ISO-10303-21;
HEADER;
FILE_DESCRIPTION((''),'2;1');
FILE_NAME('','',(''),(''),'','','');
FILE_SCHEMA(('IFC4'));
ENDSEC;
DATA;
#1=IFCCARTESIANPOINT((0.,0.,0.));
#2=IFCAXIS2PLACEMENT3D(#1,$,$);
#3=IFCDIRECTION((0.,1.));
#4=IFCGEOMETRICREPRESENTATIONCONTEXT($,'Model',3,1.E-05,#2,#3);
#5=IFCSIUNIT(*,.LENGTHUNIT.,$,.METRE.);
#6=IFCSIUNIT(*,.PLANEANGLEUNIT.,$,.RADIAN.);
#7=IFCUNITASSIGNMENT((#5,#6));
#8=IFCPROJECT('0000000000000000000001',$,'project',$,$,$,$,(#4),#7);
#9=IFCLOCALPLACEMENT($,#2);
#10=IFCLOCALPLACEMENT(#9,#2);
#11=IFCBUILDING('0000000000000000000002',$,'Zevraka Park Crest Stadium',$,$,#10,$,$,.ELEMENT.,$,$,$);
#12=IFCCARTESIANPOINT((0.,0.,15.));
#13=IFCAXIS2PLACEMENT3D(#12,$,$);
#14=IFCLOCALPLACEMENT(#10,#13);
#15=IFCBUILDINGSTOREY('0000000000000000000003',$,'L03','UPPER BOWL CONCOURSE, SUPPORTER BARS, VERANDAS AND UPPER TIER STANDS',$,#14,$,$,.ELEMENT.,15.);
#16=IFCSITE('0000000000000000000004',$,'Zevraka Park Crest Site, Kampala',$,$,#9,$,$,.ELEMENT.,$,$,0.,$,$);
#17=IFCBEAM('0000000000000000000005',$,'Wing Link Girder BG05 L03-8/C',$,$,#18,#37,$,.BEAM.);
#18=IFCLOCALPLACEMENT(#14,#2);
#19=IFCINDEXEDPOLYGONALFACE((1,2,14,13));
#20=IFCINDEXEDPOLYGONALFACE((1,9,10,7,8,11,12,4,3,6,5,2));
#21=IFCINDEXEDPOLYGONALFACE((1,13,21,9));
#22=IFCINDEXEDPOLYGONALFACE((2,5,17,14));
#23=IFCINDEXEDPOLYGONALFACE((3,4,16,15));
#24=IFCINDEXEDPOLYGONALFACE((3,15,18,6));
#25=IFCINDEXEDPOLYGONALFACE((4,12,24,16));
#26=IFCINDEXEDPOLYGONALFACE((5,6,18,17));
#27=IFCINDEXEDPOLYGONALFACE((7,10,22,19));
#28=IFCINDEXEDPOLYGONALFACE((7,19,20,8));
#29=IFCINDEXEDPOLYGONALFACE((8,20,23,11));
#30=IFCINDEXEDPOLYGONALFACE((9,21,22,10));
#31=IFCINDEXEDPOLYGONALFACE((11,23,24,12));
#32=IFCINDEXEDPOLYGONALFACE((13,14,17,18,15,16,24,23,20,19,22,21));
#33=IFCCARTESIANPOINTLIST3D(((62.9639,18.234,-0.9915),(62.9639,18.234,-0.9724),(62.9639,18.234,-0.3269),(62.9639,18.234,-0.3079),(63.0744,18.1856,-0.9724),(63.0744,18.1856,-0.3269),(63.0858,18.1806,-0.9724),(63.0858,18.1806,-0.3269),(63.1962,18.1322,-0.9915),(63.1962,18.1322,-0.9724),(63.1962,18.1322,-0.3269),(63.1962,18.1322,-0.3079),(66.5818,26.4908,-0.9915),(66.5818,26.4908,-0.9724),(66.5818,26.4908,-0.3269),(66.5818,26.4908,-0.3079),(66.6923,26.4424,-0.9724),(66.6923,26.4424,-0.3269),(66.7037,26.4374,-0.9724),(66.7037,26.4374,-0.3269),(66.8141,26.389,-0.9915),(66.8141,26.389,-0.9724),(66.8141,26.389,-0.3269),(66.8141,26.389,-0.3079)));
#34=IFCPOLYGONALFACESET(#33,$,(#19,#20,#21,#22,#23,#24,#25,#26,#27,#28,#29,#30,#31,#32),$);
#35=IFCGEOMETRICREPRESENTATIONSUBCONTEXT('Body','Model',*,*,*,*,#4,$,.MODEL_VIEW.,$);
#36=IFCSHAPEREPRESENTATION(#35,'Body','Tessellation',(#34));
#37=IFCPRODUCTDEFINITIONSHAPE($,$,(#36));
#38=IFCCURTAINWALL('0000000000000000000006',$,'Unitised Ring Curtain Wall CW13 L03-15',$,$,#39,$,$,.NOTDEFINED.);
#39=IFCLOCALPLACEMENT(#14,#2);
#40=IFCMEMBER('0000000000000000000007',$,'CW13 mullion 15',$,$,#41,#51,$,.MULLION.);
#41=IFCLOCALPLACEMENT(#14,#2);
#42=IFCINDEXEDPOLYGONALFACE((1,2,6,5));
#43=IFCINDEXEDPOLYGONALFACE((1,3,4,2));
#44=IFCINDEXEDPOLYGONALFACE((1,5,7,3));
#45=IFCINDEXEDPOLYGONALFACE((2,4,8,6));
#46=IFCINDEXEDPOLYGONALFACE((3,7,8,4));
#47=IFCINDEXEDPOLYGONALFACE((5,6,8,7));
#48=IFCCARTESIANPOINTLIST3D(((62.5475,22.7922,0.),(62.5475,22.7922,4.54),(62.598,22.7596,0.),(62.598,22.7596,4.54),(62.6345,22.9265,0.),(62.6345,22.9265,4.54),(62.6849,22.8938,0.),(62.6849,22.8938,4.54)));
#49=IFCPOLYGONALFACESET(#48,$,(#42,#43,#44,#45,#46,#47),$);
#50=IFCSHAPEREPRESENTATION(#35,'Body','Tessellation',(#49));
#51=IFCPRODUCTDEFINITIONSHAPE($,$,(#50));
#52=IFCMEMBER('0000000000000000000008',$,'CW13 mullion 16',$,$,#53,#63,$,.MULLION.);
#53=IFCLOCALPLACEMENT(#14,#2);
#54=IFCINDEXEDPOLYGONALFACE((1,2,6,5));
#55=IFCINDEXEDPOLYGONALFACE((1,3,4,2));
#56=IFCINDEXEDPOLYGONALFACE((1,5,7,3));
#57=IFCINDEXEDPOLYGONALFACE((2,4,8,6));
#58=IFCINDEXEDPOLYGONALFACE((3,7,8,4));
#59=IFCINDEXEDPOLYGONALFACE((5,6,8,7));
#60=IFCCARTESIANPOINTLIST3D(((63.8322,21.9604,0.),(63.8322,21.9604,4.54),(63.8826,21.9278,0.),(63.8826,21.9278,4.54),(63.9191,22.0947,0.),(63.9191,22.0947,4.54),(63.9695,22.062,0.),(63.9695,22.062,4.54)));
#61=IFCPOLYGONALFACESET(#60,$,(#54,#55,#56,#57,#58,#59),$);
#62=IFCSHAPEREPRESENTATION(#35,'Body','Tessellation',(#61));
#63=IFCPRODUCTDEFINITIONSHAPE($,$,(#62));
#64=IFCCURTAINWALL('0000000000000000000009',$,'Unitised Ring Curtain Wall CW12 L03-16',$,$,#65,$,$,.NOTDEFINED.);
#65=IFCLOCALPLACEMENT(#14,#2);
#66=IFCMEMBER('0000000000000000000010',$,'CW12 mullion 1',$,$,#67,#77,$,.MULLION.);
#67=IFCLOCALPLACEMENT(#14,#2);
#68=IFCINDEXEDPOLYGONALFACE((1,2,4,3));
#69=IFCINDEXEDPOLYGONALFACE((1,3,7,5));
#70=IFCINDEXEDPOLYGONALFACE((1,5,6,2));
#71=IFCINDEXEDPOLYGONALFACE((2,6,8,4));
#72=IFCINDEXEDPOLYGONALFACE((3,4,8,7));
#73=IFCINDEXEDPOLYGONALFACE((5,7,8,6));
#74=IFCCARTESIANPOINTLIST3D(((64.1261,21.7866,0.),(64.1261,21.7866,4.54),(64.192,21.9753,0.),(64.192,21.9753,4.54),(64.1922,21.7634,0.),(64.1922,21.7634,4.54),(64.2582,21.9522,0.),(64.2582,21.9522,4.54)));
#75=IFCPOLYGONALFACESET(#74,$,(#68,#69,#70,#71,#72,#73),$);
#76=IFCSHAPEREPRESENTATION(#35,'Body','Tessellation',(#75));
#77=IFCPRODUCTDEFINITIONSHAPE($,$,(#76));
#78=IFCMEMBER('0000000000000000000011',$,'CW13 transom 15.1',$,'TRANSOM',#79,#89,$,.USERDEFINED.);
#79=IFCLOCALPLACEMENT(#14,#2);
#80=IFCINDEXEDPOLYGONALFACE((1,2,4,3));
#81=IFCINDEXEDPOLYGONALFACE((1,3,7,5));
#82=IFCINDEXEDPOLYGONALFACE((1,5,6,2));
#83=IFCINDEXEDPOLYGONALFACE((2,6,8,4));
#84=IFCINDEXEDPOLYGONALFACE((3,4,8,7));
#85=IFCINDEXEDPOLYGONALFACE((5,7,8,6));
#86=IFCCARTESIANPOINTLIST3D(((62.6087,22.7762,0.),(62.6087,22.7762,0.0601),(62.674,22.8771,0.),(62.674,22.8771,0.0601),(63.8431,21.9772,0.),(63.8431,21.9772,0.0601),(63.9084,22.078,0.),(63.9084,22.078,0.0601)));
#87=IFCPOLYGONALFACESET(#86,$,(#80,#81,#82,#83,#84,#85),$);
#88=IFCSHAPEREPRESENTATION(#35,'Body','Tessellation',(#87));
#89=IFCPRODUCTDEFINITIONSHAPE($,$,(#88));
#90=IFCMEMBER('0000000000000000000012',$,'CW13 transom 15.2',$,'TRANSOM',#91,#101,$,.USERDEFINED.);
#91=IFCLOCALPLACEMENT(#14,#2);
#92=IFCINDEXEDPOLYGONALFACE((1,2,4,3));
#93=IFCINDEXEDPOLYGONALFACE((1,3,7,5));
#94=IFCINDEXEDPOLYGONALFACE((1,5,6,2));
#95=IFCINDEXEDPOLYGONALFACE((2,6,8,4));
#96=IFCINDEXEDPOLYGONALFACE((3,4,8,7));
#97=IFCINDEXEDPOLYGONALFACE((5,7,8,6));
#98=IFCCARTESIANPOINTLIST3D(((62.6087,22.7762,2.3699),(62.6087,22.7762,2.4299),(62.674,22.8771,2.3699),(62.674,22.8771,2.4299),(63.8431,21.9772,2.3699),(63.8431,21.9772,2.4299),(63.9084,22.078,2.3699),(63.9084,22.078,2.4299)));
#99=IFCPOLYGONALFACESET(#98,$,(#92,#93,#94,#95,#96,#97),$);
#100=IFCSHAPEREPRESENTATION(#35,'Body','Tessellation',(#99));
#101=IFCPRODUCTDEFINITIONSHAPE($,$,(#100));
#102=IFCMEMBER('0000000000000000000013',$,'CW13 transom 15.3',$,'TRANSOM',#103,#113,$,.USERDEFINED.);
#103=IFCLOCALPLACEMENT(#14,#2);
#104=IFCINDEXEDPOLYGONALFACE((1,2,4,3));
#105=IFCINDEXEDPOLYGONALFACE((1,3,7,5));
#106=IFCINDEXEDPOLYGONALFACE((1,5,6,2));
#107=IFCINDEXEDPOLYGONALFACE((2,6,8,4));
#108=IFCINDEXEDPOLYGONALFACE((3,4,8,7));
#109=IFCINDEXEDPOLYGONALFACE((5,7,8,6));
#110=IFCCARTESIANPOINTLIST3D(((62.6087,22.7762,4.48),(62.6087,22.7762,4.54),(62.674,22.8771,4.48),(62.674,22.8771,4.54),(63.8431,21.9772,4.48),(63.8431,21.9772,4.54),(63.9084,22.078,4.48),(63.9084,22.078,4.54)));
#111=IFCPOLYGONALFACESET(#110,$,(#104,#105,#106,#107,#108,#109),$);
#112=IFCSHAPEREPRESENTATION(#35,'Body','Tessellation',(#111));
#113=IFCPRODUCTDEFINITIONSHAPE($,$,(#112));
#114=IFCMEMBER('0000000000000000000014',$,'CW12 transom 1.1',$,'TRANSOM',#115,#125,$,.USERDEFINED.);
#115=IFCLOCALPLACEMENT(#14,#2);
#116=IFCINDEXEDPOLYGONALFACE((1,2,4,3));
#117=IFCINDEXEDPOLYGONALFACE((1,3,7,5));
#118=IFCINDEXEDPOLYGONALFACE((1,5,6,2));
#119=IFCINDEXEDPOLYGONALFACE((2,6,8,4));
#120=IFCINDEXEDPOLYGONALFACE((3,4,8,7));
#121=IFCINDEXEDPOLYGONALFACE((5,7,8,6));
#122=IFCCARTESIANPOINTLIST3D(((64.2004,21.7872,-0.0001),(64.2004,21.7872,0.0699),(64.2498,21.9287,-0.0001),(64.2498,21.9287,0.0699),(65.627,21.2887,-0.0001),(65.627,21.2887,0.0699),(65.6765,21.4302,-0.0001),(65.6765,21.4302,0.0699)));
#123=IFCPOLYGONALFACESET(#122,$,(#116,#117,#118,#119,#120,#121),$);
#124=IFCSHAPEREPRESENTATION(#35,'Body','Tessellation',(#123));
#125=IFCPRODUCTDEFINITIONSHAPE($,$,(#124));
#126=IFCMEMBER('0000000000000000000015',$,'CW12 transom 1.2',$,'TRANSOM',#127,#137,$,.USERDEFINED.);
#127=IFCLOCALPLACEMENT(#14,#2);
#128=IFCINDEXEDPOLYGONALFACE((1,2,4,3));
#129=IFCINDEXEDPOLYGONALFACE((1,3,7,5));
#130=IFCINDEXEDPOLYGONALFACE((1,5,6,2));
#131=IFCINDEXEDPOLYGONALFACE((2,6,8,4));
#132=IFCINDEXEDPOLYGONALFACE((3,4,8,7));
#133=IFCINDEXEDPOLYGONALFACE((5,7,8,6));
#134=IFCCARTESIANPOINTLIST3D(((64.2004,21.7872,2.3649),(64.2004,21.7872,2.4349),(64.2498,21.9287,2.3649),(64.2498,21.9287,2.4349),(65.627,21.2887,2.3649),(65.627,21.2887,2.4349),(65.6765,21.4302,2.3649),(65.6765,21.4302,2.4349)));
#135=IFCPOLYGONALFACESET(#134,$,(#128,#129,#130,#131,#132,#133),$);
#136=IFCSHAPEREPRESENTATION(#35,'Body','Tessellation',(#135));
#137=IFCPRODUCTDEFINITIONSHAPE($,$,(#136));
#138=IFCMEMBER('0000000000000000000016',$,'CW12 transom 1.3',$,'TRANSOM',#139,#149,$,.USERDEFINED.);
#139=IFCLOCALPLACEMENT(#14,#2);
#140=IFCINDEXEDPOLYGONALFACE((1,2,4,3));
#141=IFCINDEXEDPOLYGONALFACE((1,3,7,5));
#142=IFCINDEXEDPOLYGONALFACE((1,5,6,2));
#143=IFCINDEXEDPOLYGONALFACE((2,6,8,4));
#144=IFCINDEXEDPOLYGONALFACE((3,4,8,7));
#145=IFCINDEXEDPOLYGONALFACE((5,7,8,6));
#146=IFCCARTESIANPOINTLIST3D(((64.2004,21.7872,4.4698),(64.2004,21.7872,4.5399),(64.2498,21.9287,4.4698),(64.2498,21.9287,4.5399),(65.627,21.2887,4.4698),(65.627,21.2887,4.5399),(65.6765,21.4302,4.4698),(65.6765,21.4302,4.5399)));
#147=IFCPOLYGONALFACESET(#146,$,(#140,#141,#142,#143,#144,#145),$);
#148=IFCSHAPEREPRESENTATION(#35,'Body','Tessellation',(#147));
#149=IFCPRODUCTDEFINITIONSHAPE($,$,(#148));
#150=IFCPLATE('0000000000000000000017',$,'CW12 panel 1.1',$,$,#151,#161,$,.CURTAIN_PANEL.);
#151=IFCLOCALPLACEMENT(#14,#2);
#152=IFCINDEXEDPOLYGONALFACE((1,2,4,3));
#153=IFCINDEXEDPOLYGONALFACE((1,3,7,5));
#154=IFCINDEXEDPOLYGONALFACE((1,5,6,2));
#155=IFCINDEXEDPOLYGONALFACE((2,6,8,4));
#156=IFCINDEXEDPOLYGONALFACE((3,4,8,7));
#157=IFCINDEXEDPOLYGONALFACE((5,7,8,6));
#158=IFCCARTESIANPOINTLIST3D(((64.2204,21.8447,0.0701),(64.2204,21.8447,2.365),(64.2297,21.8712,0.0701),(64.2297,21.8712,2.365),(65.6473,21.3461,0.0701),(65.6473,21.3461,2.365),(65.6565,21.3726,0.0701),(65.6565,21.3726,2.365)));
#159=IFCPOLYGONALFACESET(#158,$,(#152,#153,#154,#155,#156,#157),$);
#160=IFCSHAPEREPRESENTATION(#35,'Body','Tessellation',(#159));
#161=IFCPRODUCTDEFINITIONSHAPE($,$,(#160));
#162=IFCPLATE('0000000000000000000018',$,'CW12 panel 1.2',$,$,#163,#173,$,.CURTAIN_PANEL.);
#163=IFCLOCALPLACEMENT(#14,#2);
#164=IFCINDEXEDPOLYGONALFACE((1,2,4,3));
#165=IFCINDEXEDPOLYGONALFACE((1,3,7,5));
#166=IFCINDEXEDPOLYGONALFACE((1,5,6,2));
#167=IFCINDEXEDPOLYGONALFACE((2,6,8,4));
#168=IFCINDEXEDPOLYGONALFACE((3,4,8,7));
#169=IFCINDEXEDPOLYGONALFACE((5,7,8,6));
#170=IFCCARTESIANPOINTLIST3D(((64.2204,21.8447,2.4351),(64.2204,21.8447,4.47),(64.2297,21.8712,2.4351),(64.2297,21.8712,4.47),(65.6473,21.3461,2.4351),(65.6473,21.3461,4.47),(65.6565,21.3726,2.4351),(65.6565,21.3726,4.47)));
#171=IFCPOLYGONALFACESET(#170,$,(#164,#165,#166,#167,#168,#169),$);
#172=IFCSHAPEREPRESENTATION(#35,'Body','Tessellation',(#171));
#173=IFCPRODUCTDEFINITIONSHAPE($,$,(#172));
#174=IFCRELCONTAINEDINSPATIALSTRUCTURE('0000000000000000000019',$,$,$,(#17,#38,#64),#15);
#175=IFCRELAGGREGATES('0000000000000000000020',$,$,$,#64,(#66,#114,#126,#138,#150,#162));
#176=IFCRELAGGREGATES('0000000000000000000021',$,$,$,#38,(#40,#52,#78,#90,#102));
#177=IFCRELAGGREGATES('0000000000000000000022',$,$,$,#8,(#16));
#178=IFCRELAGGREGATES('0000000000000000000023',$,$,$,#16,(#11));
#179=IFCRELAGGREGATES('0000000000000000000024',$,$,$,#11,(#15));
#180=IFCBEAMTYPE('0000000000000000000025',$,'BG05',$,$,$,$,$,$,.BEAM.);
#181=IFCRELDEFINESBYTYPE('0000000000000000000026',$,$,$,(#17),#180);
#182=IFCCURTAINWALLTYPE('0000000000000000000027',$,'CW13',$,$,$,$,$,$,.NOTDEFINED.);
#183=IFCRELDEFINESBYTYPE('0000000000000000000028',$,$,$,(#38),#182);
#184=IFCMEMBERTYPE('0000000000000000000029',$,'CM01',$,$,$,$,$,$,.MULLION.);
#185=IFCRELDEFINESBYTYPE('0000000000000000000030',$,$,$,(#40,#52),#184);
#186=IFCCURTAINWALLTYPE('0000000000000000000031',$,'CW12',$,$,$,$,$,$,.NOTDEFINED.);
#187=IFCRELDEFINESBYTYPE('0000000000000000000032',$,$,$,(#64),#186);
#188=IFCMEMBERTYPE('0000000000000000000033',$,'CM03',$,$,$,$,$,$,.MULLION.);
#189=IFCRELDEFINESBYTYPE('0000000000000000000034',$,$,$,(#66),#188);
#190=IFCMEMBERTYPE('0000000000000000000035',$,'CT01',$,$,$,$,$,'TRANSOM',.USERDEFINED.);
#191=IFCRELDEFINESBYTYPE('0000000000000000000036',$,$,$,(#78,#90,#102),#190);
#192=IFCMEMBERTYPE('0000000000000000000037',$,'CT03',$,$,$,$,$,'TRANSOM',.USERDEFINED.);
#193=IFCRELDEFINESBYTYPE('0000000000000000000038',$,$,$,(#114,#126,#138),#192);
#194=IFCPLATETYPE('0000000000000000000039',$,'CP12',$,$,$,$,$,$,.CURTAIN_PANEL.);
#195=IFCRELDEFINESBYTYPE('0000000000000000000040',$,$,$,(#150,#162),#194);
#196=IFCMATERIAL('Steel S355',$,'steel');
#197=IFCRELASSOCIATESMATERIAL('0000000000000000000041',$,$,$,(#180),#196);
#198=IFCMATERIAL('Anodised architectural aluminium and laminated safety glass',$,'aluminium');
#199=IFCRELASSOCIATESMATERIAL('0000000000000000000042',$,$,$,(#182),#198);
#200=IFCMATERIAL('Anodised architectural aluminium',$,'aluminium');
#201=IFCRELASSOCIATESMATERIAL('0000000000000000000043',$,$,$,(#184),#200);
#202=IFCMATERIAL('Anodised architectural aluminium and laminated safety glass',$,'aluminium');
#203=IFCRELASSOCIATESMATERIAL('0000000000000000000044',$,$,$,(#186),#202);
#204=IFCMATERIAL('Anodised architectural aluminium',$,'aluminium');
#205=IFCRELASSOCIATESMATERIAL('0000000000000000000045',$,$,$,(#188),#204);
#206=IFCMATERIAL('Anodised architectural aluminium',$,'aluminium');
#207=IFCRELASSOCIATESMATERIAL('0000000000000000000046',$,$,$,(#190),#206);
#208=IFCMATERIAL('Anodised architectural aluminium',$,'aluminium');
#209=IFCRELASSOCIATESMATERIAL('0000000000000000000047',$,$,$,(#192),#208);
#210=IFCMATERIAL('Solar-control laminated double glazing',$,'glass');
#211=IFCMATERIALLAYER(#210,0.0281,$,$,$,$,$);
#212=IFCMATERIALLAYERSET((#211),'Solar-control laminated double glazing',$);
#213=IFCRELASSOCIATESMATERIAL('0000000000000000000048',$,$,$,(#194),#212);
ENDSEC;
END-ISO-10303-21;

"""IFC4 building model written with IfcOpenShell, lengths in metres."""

from ifc_helpers import new_model, si_unit, direction, frame, origin, origin_2d, place, context, subcontext, project, spatial, rectangle, i_section, extrude, material, layer, layer_set, material_profile, profile_set, type_object, element, aggregate, save


model = new_model("IFC4")

# Units and contexts
model_context = context("Model", 3, precision=1e-05, world=origin(), true_north=direction((0.0, 1.0)))
body_context = subcontext(model_context, "Body", "Model", "MODEL_VIEW")
ifc_project = project(units=[si_unit("LENGTHUNIT", "METRE"), si_unit("PLANEANGLEUNIT", "RADIAN")], contexts=[model_context])

# Site, building, storey
site_placement = place(None, origin())
site = spatial("IfcSite", under=ifc_project, at=site_placement, Name="Zevraka Park Crest Site, Kampala", CompositionType="ELEMENT", RefElevation=0.0)
building_placement = place(site_placement, origin())
building = spatial("IfcBuilding", under=site, at=building_placement, Name="Zevraka Park Crest Stadium", CompositionType="ELEMENT")
storey_placement = place(building_placement, frame((0.0, 0.0, 15.0)))
storey = spatial("IfcBuildingStorey", under=building, at=storey_placement, Name="L03", Description="UPPER BOWL CONCOURSE, SUPPORTER BARS, VERANDAS AND UPPER TIER STANDS", CompositionType="ELEMENT", Elevation=15.0)

# Beam
ifc_material_1 = material(Name="Steel S355", Category="steel")
ifc_material_profile_1 = material_profile(ifc_material_1, i_section(OverallWidth=0.2537, OverallDepth=0.6836, WebThickness=0.0125, FlangeThickness=0.019, at=origin_2d()), Name="UKB 686x254x140")
ifc_profile_set_1 = profile_set([ifc_material_profile_1], Name="Steel S355")
beam_type = type_object("IfcBeamType", Name="BG05", PredefinedType="BEAM", material=ifc_profile_set_1)
beam_placement = place(storey_placement, frame((63.0801, 18.1831, -0.6497), z_axis=(0.401336, 0.915931, 0.0), x_axis=(-0.915931, 0.401336, 0.0)))
element("IfcBeam", 1, at=beam_placement, inside=storey, type_object=beam_type, Name="Wing Link Girder BG05 L03-8/C", PredefinedType="BEAM", context=body_context, shape_type="SweptSolid", body=[
    extrude(i_section(OverallWidth=0.2537, OverallDepth=0.6836, WebThickness=0.0125, FlangeThickness=0.019, at=origin_2d()), origin(), (0.0, 0.0, 1.0), 9.0146),
])

# Curtain wall, members
ifc_material_2 = material(Name="Anodised architectural aluminium and laminated safety glass", Category="aluminium")
curtain_wall_type_1 = type_object("IfcCurtainWallType", Name="CW13", PredefinedType="NOTDEFINED", material=ifc_material_2)
curtain_wall_1_placement = place(storey_placement, origin())
curtain_wall_1 = element("IfcCurtainWall", 2, at=curtain_wall_1_placement, inside=storey, type_object=curtain_wall_type_1, Name="Unitised Ring Curtain Wall CW13 L03-15", PredefinedType="NOTDEFINED")
ifc_material_3 = material(Name="Anodised architectural aluminium", Category="aluminium")
ifc_material_profile_2 = material_profile(ifc_material_3, rectangle(XDim=0.1599, YDim=0.0601, at=origin_2d()), Name="ALU MULLION 160x60")
ifc_profile_set_2 = profile_set([ifc_material_profile_2], Name="Anodised architectural aluminium")
member_type_1 = type_object("IfcMemberType", Name="CM01", PredefinedType="MULLION", material=ifc_profile_set_2)
member_1_placement = place(storey_placement, frame((62.6162, 22.843, 0.0), z_axis=(0.0, 0.0, 1.0), x_axis=(0.543469, 0.839429, 0.0)))
member_1 = element("IfcMember", 3, at=member_1_placement, type_object=member_type_1, Name="CW13 mullion 15", PredefinedType="MULLION", context=body_context, shape_type="SweptSolid", body=[
    extrude(rectangle(XDim=0.1599, YDim=0.0601, at=origin_2d()), origin(), (0.0, 0.0, 1.0), 4.54),
])
member_2_placement = place(storey_placement, frame((63.9009, 22.0112, 0.0), z_axis=(0.0, 0.0, 1.0), x_axis=(0.543469, 0.839429, 0.0)))
member_2 = element("IfcMember", 4, at=member_2_placement, type_object=member_type_1, Name="CW13 mullion 16", PredefinedType="MULLION", context=body_context, shape_type="SweptSolid", body=[
    extrude(rectangle(XDim=0.1599, YDim=0.0601, at=origin_2d()), origin(), (0.0, 0.0, 1.0), 4.54),
])

# Curtain wall, member
ifc_material_4 = material(Name="Anodised architectural aluminium and laminated safety glass", Category="aluminium")
curtain_wall_type_2 = type_object("IfcCurtainWallType", Name="CW12", PredefinedType="NOTDEFINED", material=ifc_material_4)
curtain_wall_2_placement = place(storey_placement, origin())
curtain_wall_2 = element("IfcCurtainWall", 5, at=curtain_wall_2_placement, inside=storey, type_object=curtain_wall_type_2, Name="Unitised Ring Curtain Wall CW12 L03-16", PredefinedType="NOTDEFINED")
ifc_material_5 = material(Name="Anodised architectural aluminium", Category="aluminium")
ifc_material_profile_3 = material_profile(ifc_material_5, rectangle(XDim=0.2, YDim=0.0701, at=origin_2d()), Name="ALU MULLION 200x70")
ifc_profile_set_3 = profile_set([ifc_material_profile_3], Name="Anodised architectural aluminium")
member_type_2 = type_object("IfcMemberType", Name="CM03", PredefinedType="MULLION", material=ifc_profile_set_3)
member_3_placement = place(storey_placement, frame((64.1921, 21.8694, 0.0), z_axis=(0.0, 0.0, 1.0), x_axis=(0.329917, 0.94401, 0.0)))
member_3 = element("IfcMember", 6, at=member_3_placement, type_object=member_type_2, Name="CW12 mullion 1", PredefinedType="MULLION", context=body_context, shape_type="SweptSolid", body=[
    extrude(rectangle(XDim=0.2, YDim=0.0701, at=origin_2d()), origin(), (0.0, 0.0, 1.0), 4.54),
])

# Members
ifc_material_6 = material(Name="Anodised architectural aluminium", Category="aluminium")
ifc_material_profile_4 = material_profile(ifc_material_6, rectangle(XDim=0.1201, YDim=0.0601, at=origin_2d()), Name="ALU TRANSOM 120x60")
ifc_profile_set_4 = profile_set([ifc_material_profile_4], Name="Anodised architectural aluminium")
member_type_3 = type_object("IfcMemberType", Name="CT01", ElementType="TRANSOM", PredefinedType="USERDEFINED", material=ifc_profile_set_4)
member_4_placement = place(storey_placement, frame((62.6414, 22.8267, 0.03), z_axis=(0.839459, -0.543423, 0.0), x_axis=(0.543423, 0.839459, 0.0)))
member_4 = element("IfcMember", 7, at=member_4_placement, type_object=member_type_3, Name="CW13 transom 15.1", ObjectType="TRANSOM", PredefinedType="USERDEFINED", context=body_context, shape_type="SweptSolid", body=[
    extrude(rectangle(XDim=0.1201, YDim=0.0601, at=origin_2d()), origin(), (0.0, 0.0, 1.0), 1.4705),
])
member_5_placement = place(storey_placement, frame((62.6414, 22.8267, 2.3999), z_axis=(0.839459, -0.543423, 0.0), x_axis=(0.543423, 0.839459, 0.0)))
member_5 = element("IfcMember", 8, at=member_5_placement, type_object=member_type_3, Name="CW13 transom 15.2", ObjectType="TRANSOM", PredefinedType="USERDEFINED", context=body_context, shape_type="SweptSolid", body=[
    extrude(rectangle(XDim=0.1201, YDim=0.0601, at=origin_2d()), origin(), (0.0, 0.0, 1.0), 1.4705),
])
member_6_placement = place(storey_placement, frame((62.6414, 22.8267, 4.51), z_axis=(0.839459, -0.543423, 0.0), x_axis=(0.543423, 0.839459, 0.0)))
member_6 = element("IfcMember", 9, at=member_6_placement, type_object=member_type_3, Name="CW13 transom 15.3", ObjectType="TRANSOM", PredefinedType="USERDEFINED", context=body_context, shape_type="SweptSolid", body=[
    extrude(rectangle(XDim=0.1201, YDim=0.0601, at=origin_2d()), origin(), (0.0, 0.0, 1.0), 1.4705),
])
ifc_material_7 = material(Name="Anodised architectural aluminium", Category="aluminium")
ifc_material_profile_5 = material_profile(ifc_material_7, rectangle(XDim=0.1499, YDim=0.0701, at=origin_2d()), Name="ALU TRANSOM 150x70")
ifc_profile_set_5 = profile_set([ifc_material_profile_5], Name="Anodised architectural aluminium")
member_type_4 = type_object("IfcMemberType", Name="CT03", ElementType="TRANSOM", PredefinedType="USERDEFINED", material=ifc_profile_set_5)
member_7_placement = place(storey_placement, frame((64.2251, 21.8579, 0.0349), z_axis=(0.944029, -0.329861, 0.0), x_axis=(0.329861, 0.944029, 0.0)))
member_7 = element("IfcMember", 10, at=member_7_placement, type_object=member_type_4, Name="CW12 transom 1.1", ObjectType="TRANSOM", PredefinedType="USERDEFINED", context=body_context, shape_type="SweptSolid", body=[
    extrude(rectangle(XDim=0.1499, YDim=0.0701, at=origin_2d()), origin(), (0.0, 0.0, 1.0), 1.5112),
])
member_8_placement = place(storey_placement, frame((64.2251, 21.8579, 2.3999), z_axis=(0.944029, -0.329861, 0.0), x_axis=(0.329861, 0.944029, 0.0)))
member_8 = element("IfcMember", 11, at=member_8_placement, type_object=member_type_4, Name="CW12 transom 1.2", ObjectType="TRANSOM", PredefinedType="USERDEFINED", context=body_context, shape_type="SweptSolid", body=[
    extrude(rectangle(XDim=0.1499, YDim=0.0701, at=origin_2d()), origin(), (0.0, 0.0, 1.0), 1.5112),
])
member_9_placement = place(storey_placement, frame((64.2251, 21.8579, 4.5049), z_axis=(0.944029, -0.329861, 0.0), x_axis=(0.329861, 0.944029, 0.0)))
member_9 = element("IfcMember", 12, at=member_9_placement, type_object=member_type_4, Name="CW12 transom 1.3", ObjectType="TRANSOM", PredefinedType="USERDEFINED", context=body_context, shape_type="SweptSolid", body=[
    extrude(rectangle(XDim=0.1499, YDim=0.0701, at=origin_2d()), origin(), (0.0, 0.0, 1.0), 1.5112),
])

# Plates
ifc_material_8 = material(Name="Solar-control laminated double glazing", Category="glass")
ifc_layer_1 = layer(ifc_material_8, 0.0281)
ifc_layer_set_1 = layer_set([ifc_layer_1], Name="Solar-control laminated double glazing")
plate_type_1 = type_object("IfcPlateType", Name="CP12", PredefinedType="CURTAIN_PANEL", material=ifc_layer_set_1)
plate_1_placement = place(storey_placement, frame((64.9385, 21.6086, 0.0701), z_axis=(0.0, 0.0, 1.0), x_axis=(0.94401, -0.329917, 0.0)))
plate_1 = element("IfcPlate", 13, at=plate_1_placement, type_object=plate_type_1, Name="CW12 panel 1.1", PredefinedType="CURTAIN_PANEL", context=body_context, shape_type="SweptSolid", body=[
    extrude(rectangle(XDim=1.5115, YDim=0.0281, at=origin_2d()), origin(), (0.0, 0.0, 1.0), 2.2949),
])
plate_2_placement = place(storey_placement, frame((64.9385, 21.6086, 2.4351), z_axis=(0.0, 0.0, 1.0), x_axis=(0.94401, -0.329917, 0.0)))
plate_2 = element("IfcPlate", 14, at=plate_2_placement, type_object=plate_type_1, Name="CW12 panel 1.2", PredefinedType="CURTAIN_PANEL", context=body_context, shape_type="SweptSolid", body=[
    extrude(rectangle(XDim=1.5115, YDim=0.0281, at=origin_2d()), origin(), (0.0, 0.0, 1.0), 2.0349),
])
aggregate(curtain_wall_2, [member_3, member_7, member_8, member_9, plate_1, plate_2])
aggregate(curtain_wall_1, [member_1, member_2, member_4, member_5, member_6])

save(model, "model.ifc")
